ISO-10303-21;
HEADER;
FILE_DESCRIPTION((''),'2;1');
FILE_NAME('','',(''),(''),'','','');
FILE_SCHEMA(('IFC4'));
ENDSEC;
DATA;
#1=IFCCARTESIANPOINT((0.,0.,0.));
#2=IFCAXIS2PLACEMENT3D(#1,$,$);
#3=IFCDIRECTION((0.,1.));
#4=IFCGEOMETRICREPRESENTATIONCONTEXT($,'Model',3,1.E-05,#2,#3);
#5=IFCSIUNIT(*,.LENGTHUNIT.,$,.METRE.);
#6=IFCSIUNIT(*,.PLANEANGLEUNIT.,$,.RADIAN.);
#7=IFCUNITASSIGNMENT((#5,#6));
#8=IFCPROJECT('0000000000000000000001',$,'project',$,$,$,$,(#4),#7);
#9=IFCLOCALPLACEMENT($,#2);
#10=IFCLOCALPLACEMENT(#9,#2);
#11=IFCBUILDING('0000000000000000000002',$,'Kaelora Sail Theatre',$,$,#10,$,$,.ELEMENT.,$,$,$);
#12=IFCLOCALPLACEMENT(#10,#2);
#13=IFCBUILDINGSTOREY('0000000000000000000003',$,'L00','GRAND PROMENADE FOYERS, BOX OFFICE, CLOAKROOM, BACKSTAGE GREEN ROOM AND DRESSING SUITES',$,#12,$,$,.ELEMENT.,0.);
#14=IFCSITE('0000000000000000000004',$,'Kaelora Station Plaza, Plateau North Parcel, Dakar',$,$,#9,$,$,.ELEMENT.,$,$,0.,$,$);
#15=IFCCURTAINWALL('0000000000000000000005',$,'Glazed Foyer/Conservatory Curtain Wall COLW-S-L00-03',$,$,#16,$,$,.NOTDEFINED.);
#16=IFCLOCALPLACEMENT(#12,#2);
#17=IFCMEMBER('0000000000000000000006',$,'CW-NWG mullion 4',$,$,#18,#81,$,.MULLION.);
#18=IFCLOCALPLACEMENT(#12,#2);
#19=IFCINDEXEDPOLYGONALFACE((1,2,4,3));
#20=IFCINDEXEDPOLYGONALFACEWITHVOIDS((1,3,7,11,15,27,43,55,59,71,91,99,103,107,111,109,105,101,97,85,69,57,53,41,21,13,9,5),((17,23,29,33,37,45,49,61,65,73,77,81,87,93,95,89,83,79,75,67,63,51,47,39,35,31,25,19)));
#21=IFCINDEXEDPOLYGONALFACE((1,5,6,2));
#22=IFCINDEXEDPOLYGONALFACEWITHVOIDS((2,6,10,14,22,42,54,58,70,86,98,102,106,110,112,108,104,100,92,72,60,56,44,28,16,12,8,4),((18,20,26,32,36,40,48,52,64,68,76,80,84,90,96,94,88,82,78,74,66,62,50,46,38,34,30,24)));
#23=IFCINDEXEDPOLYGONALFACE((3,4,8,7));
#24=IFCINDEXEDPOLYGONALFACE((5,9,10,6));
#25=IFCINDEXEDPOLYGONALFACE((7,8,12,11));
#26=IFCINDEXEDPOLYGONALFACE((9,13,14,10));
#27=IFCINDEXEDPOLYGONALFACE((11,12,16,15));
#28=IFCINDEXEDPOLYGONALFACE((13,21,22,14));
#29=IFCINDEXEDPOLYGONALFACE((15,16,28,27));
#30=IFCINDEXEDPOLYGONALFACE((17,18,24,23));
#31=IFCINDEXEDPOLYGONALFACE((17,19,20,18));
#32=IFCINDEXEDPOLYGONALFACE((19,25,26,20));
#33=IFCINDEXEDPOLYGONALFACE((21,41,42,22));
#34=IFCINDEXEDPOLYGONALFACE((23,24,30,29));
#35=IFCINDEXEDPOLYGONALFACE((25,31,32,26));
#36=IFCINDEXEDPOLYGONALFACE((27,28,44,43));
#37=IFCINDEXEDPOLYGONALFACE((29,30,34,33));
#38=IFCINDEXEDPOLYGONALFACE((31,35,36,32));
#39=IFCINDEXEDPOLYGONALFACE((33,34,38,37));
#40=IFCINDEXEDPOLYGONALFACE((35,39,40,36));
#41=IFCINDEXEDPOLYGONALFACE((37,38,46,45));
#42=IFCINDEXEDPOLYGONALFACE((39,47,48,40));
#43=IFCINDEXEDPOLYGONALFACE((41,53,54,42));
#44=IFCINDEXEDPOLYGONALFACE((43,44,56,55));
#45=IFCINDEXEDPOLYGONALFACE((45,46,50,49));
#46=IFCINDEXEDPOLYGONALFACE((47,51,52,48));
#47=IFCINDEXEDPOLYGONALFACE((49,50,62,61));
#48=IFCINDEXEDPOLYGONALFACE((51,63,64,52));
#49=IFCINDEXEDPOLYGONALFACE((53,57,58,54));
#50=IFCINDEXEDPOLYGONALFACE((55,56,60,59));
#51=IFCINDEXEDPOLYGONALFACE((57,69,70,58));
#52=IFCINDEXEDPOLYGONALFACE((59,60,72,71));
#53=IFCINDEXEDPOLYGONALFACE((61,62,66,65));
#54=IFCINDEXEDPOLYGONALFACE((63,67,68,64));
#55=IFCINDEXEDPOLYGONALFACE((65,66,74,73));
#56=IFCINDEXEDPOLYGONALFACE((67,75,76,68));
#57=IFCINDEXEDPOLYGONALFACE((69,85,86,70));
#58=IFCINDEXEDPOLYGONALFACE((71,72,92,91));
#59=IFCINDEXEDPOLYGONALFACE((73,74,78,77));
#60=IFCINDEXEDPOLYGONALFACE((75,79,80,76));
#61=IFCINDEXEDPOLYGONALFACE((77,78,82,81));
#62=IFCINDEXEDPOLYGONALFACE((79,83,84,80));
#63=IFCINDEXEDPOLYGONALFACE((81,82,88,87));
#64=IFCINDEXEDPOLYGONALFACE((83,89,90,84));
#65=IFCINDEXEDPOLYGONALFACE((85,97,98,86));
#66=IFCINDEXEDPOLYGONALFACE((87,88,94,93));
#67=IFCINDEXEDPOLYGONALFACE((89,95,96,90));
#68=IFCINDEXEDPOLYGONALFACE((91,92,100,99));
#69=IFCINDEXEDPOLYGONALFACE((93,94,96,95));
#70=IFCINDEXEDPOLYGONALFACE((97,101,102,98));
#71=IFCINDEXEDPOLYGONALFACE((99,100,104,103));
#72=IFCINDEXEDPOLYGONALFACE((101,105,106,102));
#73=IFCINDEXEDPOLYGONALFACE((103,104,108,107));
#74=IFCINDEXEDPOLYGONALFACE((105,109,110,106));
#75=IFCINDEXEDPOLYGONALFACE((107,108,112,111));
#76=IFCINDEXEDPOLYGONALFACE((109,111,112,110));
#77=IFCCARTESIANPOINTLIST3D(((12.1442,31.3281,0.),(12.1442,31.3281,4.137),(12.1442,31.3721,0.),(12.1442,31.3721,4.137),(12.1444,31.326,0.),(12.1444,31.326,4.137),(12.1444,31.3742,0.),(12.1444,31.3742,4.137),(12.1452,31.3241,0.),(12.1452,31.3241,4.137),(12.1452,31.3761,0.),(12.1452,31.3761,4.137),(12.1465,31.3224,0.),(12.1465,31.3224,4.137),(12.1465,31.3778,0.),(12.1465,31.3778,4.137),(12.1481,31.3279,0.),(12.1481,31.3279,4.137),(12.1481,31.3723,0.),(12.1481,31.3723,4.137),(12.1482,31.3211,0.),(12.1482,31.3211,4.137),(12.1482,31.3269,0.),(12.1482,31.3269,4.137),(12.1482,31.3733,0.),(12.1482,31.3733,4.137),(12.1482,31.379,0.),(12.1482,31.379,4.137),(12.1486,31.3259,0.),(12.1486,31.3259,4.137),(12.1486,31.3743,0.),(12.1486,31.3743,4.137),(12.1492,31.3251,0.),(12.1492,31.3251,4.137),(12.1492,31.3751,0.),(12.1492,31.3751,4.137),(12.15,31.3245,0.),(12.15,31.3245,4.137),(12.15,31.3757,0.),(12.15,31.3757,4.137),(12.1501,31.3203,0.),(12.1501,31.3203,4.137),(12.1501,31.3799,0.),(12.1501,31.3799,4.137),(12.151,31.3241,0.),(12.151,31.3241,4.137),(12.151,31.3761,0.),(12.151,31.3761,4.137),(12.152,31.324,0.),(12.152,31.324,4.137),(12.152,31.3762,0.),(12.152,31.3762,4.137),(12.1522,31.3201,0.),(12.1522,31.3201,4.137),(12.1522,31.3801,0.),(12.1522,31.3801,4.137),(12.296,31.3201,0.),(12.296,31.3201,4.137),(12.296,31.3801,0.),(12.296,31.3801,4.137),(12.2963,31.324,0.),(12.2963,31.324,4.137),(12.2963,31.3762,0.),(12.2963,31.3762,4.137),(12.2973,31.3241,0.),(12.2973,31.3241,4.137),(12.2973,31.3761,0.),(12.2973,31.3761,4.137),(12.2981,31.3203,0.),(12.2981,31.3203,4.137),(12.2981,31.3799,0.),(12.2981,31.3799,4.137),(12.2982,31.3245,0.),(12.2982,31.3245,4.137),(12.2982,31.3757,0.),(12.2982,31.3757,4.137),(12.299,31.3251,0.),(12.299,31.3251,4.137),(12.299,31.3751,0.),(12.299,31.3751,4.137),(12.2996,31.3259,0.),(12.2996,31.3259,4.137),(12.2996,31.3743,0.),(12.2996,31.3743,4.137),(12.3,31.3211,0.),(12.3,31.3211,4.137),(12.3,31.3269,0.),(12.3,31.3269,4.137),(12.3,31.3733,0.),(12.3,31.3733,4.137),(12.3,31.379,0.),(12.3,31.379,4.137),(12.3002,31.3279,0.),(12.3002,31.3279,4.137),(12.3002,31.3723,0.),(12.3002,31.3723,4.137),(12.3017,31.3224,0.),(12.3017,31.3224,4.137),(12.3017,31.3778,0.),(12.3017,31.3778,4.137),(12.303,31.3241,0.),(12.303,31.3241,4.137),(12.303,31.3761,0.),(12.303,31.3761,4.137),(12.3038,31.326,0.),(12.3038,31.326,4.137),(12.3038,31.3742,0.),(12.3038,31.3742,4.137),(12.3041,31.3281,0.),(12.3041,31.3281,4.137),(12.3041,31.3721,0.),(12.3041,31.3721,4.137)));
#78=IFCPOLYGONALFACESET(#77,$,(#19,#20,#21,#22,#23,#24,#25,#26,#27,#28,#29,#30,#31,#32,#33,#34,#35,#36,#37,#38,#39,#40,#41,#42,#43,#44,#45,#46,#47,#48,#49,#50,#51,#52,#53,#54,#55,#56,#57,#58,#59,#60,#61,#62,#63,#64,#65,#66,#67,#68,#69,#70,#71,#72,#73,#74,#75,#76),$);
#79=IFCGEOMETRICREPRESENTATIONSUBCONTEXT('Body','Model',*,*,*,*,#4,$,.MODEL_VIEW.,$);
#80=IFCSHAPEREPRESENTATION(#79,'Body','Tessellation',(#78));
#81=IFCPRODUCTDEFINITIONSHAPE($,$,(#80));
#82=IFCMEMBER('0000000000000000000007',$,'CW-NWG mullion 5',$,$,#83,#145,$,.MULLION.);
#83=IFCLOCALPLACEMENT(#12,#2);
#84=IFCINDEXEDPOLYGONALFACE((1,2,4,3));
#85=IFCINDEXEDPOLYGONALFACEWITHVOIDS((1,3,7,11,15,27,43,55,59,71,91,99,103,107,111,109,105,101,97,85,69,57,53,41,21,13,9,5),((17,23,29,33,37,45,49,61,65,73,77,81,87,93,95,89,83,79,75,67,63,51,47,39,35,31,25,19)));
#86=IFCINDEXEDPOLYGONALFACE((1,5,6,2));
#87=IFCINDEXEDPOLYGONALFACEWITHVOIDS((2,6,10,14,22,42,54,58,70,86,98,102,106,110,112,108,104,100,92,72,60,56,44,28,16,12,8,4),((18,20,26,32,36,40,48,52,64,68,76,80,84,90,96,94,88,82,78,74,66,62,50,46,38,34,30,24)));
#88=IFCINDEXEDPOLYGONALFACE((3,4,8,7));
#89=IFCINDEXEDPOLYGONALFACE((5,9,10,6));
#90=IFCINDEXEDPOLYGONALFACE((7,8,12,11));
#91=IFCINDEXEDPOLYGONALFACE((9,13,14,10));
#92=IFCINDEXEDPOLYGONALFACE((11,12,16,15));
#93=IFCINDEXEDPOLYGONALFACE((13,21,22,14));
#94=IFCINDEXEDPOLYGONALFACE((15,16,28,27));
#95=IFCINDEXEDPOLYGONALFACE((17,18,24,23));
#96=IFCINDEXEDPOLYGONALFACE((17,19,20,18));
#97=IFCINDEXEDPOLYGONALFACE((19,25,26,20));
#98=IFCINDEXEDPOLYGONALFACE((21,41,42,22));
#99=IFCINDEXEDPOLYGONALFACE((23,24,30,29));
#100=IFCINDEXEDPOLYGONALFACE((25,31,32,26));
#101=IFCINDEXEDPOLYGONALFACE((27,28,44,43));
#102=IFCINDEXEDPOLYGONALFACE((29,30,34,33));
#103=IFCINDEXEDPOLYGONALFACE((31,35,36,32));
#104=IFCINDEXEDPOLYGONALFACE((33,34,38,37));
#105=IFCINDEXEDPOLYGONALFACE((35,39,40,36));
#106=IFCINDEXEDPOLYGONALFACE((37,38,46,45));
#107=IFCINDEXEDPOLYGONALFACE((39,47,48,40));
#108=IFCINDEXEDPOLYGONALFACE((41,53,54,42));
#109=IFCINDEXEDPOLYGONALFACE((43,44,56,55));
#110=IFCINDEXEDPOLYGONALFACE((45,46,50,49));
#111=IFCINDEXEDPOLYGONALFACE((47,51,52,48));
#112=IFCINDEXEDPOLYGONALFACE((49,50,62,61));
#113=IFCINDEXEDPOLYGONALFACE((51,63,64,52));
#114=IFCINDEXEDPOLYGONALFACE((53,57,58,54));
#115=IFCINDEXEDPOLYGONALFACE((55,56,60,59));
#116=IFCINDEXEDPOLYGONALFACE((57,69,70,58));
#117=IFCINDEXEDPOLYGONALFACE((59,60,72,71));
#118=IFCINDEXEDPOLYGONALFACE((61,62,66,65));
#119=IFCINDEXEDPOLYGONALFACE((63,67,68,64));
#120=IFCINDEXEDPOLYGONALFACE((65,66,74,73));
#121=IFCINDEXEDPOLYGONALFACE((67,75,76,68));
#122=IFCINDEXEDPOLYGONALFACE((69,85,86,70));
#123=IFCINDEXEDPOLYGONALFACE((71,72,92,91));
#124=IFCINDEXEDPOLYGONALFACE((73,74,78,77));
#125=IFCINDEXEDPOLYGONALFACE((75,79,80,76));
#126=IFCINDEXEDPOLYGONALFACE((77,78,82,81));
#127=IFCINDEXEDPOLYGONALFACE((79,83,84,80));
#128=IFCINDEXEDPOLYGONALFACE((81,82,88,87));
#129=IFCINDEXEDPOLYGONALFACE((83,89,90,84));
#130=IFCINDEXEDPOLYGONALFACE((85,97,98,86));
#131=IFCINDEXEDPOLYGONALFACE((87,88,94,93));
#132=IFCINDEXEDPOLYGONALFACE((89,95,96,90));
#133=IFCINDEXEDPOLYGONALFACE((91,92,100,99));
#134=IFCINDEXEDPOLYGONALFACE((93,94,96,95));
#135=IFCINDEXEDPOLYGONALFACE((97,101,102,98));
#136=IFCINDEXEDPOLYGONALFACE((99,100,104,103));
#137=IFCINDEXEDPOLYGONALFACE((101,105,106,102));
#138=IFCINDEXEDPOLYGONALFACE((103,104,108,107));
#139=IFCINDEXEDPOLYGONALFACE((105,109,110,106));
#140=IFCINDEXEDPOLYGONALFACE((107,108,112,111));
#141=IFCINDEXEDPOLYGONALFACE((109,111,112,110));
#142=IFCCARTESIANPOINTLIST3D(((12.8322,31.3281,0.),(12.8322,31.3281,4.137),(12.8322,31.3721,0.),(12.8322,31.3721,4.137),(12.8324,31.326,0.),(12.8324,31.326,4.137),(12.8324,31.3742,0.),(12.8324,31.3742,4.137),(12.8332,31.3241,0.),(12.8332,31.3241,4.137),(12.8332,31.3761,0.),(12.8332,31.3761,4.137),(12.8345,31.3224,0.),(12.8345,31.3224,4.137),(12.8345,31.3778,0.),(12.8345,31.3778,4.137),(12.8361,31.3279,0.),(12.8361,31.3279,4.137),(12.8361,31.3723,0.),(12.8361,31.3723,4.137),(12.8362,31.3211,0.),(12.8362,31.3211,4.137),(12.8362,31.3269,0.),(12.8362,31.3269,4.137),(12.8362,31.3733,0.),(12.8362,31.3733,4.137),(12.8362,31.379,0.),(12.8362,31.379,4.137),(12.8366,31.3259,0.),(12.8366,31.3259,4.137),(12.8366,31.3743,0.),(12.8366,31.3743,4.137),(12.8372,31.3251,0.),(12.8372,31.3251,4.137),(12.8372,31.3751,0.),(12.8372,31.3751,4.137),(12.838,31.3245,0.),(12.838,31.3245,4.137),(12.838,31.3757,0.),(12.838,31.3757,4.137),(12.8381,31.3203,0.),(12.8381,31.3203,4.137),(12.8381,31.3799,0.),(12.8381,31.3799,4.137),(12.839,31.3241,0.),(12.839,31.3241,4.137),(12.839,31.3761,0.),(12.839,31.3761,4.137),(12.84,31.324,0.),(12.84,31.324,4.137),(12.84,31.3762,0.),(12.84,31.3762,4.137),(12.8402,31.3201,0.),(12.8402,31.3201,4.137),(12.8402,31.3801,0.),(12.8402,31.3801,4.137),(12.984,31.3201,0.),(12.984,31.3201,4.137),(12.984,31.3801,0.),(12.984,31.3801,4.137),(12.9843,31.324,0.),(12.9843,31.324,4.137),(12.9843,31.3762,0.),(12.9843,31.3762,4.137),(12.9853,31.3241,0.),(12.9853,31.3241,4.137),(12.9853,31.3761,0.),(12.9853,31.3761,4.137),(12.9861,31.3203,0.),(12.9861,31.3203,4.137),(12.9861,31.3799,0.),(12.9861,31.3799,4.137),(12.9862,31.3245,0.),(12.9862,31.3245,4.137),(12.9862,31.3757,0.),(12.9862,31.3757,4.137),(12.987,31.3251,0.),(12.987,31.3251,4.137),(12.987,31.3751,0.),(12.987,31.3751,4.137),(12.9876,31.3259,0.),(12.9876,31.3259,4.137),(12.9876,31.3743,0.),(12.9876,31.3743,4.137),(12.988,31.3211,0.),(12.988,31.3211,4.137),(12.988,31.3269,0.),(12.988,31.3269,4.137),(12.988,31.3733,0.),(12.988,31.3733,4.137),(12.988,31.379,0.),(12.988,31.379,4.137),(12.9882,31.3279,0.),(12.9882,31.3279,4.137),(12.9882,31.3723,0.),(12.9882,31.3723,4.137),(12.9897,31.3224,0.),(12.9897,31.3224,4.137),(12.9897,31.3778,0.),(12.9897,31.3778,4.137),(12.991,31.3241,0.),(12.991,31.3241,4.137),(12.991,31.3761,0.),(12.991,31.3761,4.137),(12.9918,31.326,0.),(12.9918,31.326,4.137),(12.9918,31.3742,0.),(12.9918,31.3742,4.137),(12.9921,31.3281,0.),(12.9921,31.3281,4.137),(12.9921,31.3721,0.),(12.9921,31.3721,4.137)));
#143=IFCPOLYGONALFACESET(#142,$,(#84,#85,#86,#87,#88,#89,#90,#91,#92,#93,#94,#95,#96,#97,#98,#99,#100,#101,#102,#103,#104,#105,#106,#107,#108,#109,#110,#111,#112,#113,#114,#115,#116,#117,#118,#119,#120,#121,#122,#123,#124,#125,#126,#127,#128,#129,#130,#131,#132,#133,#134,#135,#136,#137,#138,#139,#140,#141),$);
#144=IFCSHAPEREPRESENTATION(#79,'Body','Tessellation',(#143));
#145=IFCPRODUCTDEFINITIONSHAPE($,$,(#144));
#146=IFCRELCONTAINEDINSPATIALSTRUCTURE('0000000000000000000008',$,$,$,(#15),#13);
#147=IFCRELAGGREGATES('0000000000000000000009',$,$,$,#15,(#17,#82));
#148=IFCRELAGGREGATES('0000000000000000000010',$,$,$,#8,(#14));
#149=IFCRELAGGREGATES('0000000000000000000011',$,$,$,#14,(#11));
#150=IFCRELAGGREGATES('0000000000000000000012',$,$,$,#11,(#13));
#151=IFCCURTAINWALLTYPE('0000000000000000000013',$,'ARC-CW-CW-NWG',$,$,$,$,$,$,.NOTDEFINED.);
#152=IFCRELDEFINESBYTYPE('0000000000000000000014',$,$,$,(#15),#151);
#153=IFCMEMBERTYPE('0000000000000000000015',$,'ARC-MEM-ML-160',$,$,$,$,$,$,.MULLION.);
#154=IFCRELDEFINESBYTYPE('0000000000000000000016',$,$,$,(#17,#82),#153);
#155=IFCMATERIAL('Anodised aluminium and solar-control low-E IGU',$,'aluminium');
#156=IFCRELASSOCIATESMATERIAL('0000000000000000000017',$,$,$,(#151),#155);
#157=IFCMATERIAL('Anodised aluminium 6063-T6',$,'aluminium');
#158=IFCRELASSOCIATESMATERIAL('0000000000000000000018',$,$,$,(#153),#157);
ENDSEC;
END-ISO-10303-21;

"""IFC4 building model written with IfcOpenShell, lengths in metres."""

from ifc_helpers import new_model, si_unit, direction, frame, origin, origin_2d, place, context, subcontext, project, spatial, hollow_rectangle, extrude, material, material_profile, profile_set, type_object, element, aggregate, save


model = new_model("IFC4")

# Units and contexts
model_context = context("Model", 3, precision=1e-05, world=origin(), true_north=direction((0.0, 1.0)))
body_context = subcontext(model_context, "Body", "Model", "MODEL_VIEW")
ifc_project = project(units=[si_unit("LENGTHUNIT", "METRE"), si_unit("PLANEANGLEUNIT", "RADIAN")], contexts=[model_context])

# Site, building, storey
site_placement = place(None, origin())
site = spatial("IfcSite", under=ifc_project, at=site_placement, Name="Kaelora Station Plaza, Plateau North Parcel, Dakar", CompositionType="ELEMENT", RefElevation=0.0)
building_placement = place(site_placement, origin())
building = spatial("IfcBuilding", under=site, at=building_placement, Name="Kaelora Sail Theatre", CompositionType="ELEMENT")
storey_placement = place(building_placement, origin())
storey = spatial("IfcBuildingStorey", under=building, at=storey_placement, Name="L00", Description="GRAND PROMENADE FOYERS, BOX OFFICE, CLOAKROOM, BACKSTAGE GREEN ROOM AND DRESSING SUITES", CompositionType="ELEMENT", Elevation=0.0)

# Curtain wall, members
ifc_material_1 = material(Name="Anodised aluminium and solar-control low-E IGU", Category="aluminium")
curtain_wall_type = type_object("IfcCurtainWallType", Name="ARC-CW-CW-NWG", PredefinedType="NOTDEFINED", material=ifc_material_1)
curtain_wall_1_placement = place(storey_placement, origin())
curtain_wall_1 = element("IfcCurtainWall", 1, at=curtain_wall_1_placement, inside=storey, type_object=curtain_wall_type, Name="Glazed Foyer/Conservatory Curtain Wall COLW-S-L00-03", PredefinedType="NOTDEFINED")
ifc_material_2 = material(Name="Anodised aluminium 6063-T6", Category="aluminium")
ifc_material_profile_1 = material_profile(ifc_material_2, hollow_rectangle(XDim=0.0601, YDim=0.1599, WallThickness=0.0039, InnerFilletRadius=0.0039, OuterFilletRadius=0.0081, at=origin_2d()), Name="ALU-MULL 60x160x4")
ifc_profile_set_1 = profile_set([ifc_material_profile_1], Name="Anodised aluminium 6063-T6")
member_type_1 = type_object("IfcMemberType", Name="ARC-MEM-ML-160", PredefinedType="MULLION", material=ifc_profile_set_1)
member_1_placement = place(storey_placement, frame((12.2241, 31.3501, 0.0), z_axis=(0.0, 0.0, 1.0), x_axis=(0.0, 1.0, 0.0)))
member_1 = element("IfcMember", 2, at=member_1_placement, type_object=member_type_1, Name="CW-NWG mullion 4", PredefinedType="MULLION", context=body_context, shape_type="SweptSolid", body=[
    extrude(hollow_rectangle(XDim=0.0601, YDim=0.1599, WallThickness=0.0039, InnerFilletRadius=0.0039, OuterFilletRadius=0.0081, at=origin_2d()), origin(), (0.0, 0.0, 1.0), 4.137),
])
member_2_placement = place(storey_placement, frame((12.9121, 31.3501, 0.0), z_axis=(0.0, 0.0, 1.0), x_axis=(0.0, 1.0, 0.0)))
member_2 = element("IfcMember", 3, at=member_2_placement, type_object=member_type_1, Name="CW-NWG mullion 5", PredefinedType="MULLION", context=body_context, shape_type="SweptSolid", body=[
    extrude(hollow_rectangle(XDim=0.0601, YDim=0.1599, WallThickness=0.0039, InnerFilletRadius=0.0039, OuterFilletRadius=0.0081, at=origin_2d()), origin(), (0.0, 0.0, 1.0), 4.137),
])

aggregate(curtain_wall_1, [member_1, member_2])

save(model, "model.ifc")
